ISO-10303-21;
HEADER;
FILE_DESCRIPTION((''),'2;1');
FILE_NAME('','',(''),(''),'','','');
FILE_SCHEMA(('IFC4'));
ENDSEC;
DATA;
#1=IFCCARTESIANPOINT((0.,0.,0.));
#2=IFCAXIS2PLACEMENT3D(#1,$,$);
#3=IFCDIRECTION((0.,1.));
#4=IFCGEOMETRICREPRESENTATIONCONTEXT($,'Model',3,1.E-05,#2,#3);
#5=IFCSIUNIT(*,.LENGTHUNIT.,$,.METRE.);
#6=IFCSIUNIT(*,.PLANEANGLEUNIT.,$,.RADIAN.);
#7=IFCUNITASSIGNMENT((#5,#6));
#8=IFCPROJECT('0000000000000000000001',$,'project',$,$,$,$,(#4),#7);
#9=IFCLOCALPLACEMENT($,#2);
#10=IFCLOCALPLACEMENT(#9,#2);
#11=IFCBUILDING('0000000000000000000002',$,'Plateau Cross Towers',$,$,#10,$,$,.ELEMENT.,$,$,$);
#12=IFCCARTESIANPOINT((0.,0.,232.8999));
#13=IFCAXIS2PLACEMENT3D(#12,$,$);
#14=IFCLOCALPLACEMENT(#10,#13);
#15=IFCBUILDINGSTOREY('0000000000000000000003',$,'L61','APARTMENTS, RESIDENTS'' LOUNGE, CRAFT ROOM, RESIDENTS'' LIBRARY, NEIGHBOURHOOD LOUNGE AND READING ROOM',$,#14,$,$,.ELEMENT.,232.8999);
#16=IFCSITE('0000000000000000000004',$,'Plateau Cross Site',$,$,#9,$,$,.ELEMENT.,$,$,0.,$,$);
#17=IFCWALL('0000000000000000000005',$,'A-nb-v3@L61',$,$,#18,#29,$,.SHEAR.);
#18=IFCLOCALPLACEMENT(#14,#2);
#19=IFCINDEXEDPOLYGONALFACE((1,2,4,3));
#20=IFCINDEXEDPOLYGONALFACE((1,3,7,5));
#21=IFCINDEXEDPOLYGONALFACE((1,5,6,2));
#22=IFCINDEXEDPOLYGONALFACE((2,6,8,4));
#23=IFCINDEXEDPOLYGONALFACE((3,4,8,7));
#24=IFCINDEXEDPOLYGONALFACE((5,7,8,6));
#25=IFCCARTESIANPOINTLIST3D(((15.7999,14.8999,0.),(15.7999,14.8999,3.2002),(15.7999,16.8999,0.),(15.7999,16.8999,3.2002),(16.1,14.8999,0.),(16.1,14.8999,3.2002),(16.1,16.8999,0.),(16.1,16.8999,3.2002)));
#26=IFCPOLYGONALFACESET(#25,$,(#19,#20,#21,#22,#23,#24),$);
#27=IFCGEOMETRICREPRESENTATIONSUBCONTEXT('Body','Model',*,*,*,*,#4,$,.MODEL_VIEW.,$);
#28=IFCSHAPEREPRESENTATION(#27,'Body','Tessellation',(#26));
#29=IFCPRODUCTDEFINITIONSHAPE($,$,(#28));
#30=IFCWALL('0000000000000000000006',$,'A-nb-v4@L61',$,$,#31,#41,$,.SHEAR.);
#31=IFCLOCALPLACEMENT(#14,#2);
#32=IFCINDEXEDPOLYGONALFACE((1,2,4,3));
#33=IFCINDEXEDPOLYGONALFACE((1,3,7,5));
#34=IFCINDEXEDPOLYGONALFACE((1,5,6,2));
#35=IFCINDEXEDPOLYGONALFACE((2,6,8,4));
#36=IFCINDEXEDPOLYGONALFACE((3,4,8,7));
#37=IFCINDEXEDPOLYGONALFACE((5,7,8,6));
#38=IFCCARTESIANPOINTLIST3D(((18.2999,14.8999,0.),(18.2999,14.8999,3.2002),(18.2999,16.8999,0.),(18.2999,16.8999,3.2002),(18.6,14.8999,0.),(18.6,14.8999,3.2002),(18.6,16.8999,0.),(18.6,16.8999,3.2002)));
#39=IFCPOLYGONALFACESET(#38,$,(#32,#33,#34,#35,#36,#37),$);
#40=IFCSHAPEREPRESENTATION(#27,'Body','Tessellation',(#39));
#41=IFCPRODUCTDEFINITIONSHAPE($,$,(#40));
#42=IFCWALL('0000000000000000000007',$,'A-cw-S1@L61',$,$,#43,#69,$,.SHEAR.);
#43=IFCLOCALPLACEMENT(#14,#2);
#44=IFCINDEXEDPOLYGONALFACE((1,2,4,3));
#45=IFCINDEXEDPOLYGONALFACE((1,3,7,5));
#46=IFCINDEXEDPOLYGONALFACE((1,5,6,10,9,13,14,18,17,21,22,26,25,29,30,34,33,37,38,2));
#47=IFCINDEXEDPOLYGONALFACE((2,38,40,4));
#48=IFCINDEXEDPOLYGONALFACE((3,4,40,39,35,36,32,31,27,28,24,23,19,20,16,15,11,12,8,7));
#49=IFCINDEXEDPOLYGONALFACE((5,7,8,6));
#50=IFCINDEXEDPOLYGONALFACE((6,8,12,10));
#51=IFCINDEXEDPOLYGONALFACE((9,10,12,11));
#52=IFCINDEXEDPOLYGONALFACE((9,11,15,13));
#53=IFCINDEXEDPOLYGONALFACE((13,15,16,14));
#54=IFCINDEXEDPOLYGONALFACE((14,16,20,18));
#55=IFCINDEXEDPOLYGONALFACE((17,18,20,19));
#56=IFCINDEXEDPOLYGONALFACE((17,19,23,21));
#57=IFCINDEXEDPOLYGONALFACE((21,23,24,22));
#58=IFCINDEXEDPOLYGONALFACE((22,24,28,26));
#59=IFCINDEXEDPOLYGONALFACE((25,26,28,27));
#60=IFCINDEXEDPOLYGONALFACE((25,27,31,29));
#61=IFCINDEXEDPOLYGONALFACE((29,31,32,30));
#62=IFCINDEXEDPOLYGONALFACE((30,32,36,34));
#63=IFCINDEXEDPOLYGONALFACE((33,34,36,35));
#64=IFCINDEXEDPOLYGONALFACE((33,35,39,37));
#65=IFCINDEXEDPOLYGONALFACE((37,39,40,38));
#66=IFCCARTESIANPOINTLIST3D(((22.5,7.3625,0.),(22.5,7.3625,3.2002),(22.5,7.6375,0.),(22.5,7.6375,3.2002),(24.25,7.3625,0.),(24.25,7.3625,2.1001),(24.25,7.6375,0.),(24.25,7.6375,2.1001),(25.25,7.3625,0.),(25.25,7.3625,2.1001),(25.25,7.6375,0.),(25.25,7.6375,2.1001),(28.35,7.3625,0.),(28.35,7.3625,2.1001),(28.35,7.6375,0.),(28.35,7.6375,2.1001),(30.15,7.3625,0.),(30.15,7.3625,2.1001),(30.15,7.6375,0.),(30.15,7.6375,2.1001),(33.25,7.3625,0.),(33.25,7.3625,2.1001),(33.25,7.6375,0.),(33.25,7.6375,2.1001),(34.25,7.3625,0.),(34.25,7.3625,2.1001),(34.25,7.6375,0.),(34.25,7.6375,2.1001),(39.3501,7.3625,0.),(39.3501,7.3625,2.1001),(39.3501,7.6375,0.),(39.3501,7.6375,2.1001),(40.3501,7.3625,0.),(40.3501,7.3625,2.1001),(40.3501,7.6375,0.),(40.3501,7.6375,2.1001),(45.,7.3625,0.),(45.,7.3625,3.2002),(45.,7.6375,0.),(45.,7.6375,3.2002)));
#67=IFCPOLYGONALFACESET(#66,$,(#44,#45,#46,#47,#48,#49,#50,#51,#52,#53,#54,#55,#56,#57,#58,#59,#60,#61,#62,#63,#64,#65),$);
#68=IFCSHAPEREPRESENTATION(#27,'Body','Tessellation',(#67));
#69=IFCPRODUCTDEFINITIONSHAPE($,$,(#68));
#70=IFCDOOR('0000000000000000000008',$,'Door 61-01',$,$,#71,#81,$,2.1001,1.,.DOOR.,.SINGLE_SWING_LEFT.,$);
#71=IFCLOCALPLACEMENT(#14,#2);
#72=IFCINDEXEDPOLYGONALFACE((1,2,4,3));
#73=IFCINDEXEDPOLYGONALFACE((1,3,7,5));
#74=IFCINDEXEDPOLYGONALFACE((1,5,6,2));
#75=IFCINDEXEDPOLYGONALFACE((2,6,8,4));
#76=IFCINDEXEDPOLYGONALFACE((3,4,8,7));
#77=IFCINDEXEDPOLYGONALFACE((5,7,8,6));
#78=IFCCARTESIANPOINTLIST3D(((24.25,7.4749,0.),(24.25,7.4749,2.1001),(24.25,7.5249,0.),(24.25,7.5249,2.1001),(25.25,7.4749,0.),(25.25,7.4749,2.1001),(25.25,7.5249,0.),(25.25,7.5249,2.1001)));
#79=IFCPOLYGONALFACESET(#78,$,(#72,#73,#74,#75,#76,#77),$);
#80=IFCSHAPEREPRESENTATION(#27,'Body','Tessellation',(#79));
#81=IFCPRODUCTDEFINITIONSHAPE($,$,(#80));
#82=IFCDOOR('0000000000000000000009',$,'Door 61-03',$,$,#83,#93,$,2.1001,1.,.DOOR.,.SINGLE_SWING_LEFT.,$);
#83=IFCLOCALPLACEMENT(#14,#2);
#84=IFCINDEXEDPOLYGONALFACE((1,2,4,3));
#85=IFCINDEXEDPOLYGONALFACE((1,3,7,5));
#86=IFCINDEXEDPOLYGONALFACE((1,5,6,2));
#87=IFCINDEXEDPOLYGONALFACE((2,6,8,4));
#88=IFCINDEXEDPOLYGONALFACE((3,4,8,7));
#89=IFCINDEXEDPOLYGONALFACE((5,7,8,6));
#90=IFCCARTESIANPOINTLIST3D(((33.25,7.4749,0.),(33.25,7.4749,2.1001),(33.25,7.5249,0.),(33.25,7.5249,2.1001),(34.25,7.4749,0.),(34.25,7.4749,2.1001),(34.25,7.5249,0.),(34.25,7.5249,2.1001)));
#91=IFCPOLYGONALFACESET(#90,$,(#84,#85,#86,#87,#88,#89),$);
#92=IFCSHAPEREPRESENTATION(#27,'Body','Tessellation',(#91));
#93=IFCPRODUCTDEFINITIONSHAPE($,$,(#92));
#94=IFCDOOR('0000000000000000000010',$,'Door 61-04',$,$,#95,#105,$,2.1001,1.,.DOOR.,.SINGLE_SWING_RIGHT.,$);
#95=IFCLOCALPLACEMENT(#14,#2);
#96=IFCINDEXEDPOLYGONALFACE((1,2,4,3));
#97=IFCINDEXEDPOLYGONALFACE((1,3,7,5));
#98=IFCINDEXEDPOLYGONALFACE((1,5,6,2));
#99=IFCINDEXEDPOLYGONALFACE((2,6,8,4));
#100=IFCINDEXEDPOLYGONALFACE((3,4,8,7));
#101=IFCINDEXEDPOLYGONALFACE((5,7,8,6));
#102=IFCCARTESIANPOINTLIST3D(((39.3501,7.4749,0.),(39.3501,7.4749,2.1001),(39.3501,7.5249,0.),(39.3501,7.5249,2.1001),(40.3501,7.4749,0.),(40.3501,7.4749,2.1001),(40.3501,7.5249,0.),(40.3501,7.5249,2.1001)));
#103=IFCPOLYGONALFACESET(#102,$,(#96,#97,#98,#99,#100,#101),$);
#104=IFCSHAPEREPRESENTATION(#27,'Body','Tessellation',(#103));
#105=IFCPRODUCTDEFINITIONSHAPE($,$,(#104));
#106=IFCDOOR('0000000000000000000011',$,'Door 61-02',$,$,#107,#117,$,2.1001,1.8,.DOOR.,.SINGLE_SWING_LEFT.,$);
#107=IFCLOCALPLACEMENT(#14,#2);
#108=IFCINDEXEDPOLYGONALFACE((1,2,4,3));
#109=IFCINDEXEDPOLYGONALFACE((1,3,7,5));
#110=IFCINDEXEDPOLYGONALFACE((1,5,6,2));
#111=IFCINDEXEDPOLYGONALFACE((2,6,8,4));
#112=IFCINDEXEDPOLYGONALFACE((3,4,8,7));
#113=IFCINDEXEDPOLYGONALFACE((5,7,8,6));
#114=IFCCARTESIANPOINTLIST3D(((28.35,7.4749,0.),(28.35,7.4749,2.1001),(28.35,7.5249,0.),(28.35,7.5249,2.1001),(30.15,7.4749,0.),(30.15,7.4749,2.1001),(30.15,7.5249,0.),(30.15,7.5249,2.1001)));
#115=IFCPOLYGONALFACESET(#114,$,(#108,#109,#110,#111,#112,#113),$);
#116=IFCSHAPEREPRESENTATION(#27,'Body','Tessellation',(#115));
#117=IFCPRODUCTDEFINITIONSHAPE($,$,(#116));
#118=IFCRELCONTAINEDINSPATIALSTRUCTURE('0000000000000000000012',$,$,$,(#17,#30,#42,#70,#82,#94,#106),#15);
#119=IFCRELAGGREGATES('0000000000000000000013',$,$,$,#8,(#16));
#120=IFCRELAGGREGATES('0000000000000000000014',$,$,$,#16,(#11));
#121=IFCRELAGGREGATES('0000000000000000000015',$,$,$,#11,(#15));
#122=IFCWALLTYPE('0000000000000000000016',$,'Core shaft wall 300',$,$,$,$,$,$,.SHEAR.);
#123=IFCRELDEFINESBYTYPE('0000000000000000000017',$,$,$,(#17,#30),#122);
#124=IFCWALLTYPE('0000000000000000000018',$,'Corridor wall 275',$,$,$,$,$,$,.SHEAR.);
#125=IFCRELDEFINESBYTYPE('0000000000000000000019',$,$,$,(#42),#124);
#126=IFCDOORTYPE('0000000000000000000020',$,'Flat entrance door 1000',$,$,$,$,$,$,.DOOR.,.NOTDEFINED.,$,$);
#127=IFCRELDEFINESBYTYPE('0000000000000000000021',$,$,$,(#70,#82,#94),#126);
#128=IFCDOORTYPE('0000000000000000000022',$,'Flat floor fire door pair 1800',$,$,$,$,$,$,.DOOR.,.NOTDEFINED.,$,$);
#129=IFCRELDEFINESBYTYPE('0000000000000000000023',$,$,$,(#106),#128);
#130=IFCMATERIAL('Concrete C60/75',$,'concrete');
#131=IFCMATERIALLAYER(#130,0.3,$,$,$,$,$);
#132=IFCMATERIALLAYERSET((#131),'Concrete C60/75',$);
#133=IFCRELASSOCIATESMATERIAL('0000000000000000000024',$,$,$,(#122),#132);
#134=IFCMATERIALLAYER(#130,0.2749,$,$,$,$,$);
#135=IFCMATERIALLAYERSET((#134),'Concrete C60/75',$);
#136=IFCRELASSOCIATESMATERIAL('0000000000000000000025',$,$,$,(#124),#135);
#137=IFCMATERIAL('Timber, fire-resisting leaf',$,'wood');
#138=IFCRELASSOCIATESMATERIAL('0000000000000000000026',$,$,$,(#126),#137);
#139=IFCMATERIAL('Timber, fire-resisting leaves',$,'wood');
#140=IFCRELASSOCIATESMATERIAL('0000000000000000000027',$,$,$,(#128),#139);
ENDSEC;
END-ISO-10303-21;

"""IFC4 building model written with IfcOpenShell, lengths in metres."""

from ifc_helpers import new_model, si_unit, direction, frame, frame_2d, origin, place, context, subcontext, project, spatial, rectangle, extrude, material, layer, layer_set, type_object, element, fill, save


model = new_model("IFC4")

# Units and contexts
model_context = context("Model", 3, precision=1e-05, world=origin(), true_north=direction((0.0, 1.0)))
body_context = subcontext(model_context, "Body", "Model", "MODEL_VIEW")
ifc_project = project(units=[si_unit("LENGTHUNIT", "METRE"), si_unit("PLANEANGLEUNIT", "RADIAN")], contexts=[model_context])

# Site, building, storey
site_placement = place(None, origin())
site = spatial("IfcSite", under=ifc_project, at=site_placement, Name="Plateau Cross Site", CompositionType="ELEMENT", RefElevation=0.0)
building_placement = place(site_placement, origin())
building = spatial("IfcBuilding", under=site, at=building_placement, Name="Plateau Cross Towers", CompositionType="ELEMENT")
storey_placement = place(building_placement, frame((0.0, 0.0, 232.8999)))
storey = spatial("IfcBuildingStorey", under=building, at=storey_placement, Name="L61", Description="APARTMENTS, RESIDENTS' LOUNGE, CRAFT ROOM, RESIDENTS' LIBRARY, NEIGHBOURHOOD LOUNGE AND READING ROOM", CompositionType="ELEMENT", Elevation=232.8999)

# Shared definitions
ifc_material_1 = material(Name="Concrete C60/75", Category="concrete")

# Walls
ifc_layer_1 = layer(ifc_material_1, 0.3)
ifc_layer_set_1 = layer_set([ifc_layer_1], Name="Concrete C60/75")
wall_type_1 = type_object("IfcWallType", Name="Core shaft wall 300", PredefinedType="SHEAR", material=ifc_layer_set_1)
for number, where, z_axis, x_axis, name in (
    (1, (15.95, 14.8999, 0.0), (0.0, 0.0, 1.0), (0.0, 1.0, 0.0), "A-nb-v3@L61"),
    (2, (18.45, 14.8999, 0.0), (0.0, 0.0, 1.0), (0.0, 1.0, 0.0), "A-nb-v4@L61"),
):
    element("IfcWall", number, at=place(storey_placement, frame(where, z_axis=z_axis, x_axis=x_axis)), inside=storey, type_object=wall_type_1, Name=name, PredefinedType="SHEAR", context=body_context, shape_type="SweptSolid", body=[
        extrude(rectangle(XDim=2.0, YDim=0.3, at=frame_2d((1.0, 0.0))), origin(), (0.0, 0.0, 1.0), 3.2002),
    ])

# Wall, openings, doors
ifc_layer_2 = layer(ifc_material_1, 0.2749)
ifc_layer_set_2 = layer_set([ifc_layer_2], Name="Concrete C60/75")
wall_type_2 = type_object("IfcWallType", Name="Corridor wall 275", PredefinedType="SHEAR", material=ifc_layer_set_2)
wall_1_placement = place(storey_placement, frame((22.5, 7.5, 0.0), z_axis=(0.0, 0.0, 1.0), x_axis=(1.0, 0.0, 0.0)))
wall_1 = element("IfcWall", 3, at=wall_1_placement, inside=storey, type_object=wall_type_2, Name="A-cw-S1@L61", PredefinedType="SHEAR", context=body_context, shape_type="SweptSolid", body=[
    extrude(rectangle(XDim=22.5, YDim=0.2749, at=frame_2d((11.25, 0.0))), origin(), (0.0, 0.0, 1.0), 3.2002),
])
opening_1_placement = place(wall_1_placement, frame((1.75, 0.0, 0.0)))
opening_1 = element("IfcOpeningElement", 4, at=opening_1_placement, cuts=wall_1, PredefinedType="OPENING", context=body_context, shape_type="SweptSolid", body=[
    extrude(rectangle(XDim=1.0, YDim=2.1001, at=frame_2d((0.5, 1.05))), frame((0.0, 0.1475, 0.0), z_axis=(0.0, -1.0, 0.0), x_axis=(1.0, 0.0, 0.0)), (0.0, 0.0, 1.0), 0.2949),
])
opening_2_placement = place(wall_1_placement, frame((5.8501, 0.0, 0.0)))
opening_2 = element("IfcOpeningElement", 5, at=opening_2_placement, cuts=wall_1, PredefinedType="OPENING", context=body_context, shape_type="SweptSolid", body=[
    extrude(rectangle(XDim=1.8, YDim=2.1001, at=frame_2d((0.8999, 1.05))), frame((0.0, 0.1475, 0.0), z_axis=(0.0, -1.0, 0.0), x_axis=(1.0, 0.0, 0.0)), (0.0, 0.0, 1.0), 0.2949),
])
opening_3_placement = place(wall_1_placement, frame((10.75, 0.0, 0.0)))
opening_3 = element("IfcOpeningElement", 6, at=opening_3_placement, cuts=wall_1, PredefinedType="OPENING", context=body_context, shape_type="SweptSolid", body=[
    extrude(rectangle(XDim=1.0, YDim=2.1001, at=frame_2d((0.5, 1.05))), frame((0.0, 0.1475, 0.0), z_axis=(0.0, -1.0, 0.0), x_axis=(1.0, 0.0, 0.0)), (0.0, 0.0, 1.0), 0.2949),
])
opening_4_placement = place(wall_1_placement, frame((16.8501, 0.0, 0.0)))
opening_4 = element("IfcOpeningElement", 7, at=opening_4_placement, cuts=wall_1, PredefinedType="OPENING", context=body_context, shape_type="SweptSolid", body=[
    extrude(rectangle(XDim=1.0, YDim=2.1001, at=frame_2d((0.5, 1.05))), frame((0.0, 0.1475, 0.0), z_axis=(0.0, -1.0, 0.0), x_axis=(1.0, 0.0, 0.0)), (0.0, 0.0, 1.0), 0.2949),
])
ifc_material_2 = material(Name="Timber, fire-resisting leaf", Category="wood")
door_type_1 = type_object("IfcDoorType", Name="Flat entrance door 1000", OperationType="NOTDEFINED", PredefinedType="DOOR", material=ifc_material_2)
door_1_placement = place(opening_1_placement, origin())
door_1 = element("IfcDoor", 8, at=door_1_placement, inside=storey, type_object=door_type_1, Name="Door 61-01", OperationType="SINGLE_SWING_LEFT", OverallHeight=2.1001, OverallWidth=1.0, PredefinedType="DOOR", context=body_context, shape_type="SweptSolid", body=[
    extrude(rectangle(XDim=1.0, YDim=2.1001, at=frame_2d((0.5, 1.05))), frame((0.0, 0.0249, 0.0), z_axis=(0.0, -1.0, 0.0), x_axis=(1.0, 0.0, 0.0)), (0.0, 0.0, 1.0), 0.05),
])
fill(opening_1, door_1)
door_2_placement = place(opening_3_placement, origin())
door_2 = element("IfcDoor", 9, at=door_2_placement, inside=storey, type_object=door_type_1, Name="Door 61-03", OperationType="SINGLE_SWING_LEFT", OverallHeight=2.1001, OverallWidth=1.0, PredefinedType="DOOR", context=body_context, shape_type="SweptSolid", body=[
    extrude(rectangle(XDim=1.0, YDim=2.1001, at=frame_2d((0.5, 1.05))), frame((0.0, 0.0249, 0.0), z_axis=(0.0, -1.0, 0.0), x_axis=(1.0, 0.0, 0.0)), (0.0, 0.0, 1.0), 0.05),
])
fill(opening_3, door_2)
door_3_placement = place(opening_4_placement, origin())
door_3 = element("IfcDoor", 10, at=door_3_placement, inside=storey, type_object=door_type_1, Name="Door 61-04", OperationType="SINGLE_SWING_RIGHT", OverallHeight=2.1001, OverallWidth=1.0, PredefinedType="DOOR", context=body_context, shape_type="SweptSolid", body=[
    extrude(rectangle(XDim=1.0, YDim=2.1001, at=frame_2d((0.5, 1.05))), frame((0.0, 0.0249, 0.0), z_axis=(0.0, -1.0, 0.0), x_axis=(1.0, 0.0, 0.0)), (0.0, 0.0, 1.0), 0.05),
])
fill(opening_4, door_3)
ifc_material_3 = material(Name="Timber, fire-resisting leaves", Category="wood")
door_type_2 = type_object("IfcDoorType", Name="Flat floor fire door pair 1800", OperationType="NOTDEFINED", PredefinedType="DOOR", material=ifc_material_3)
door_4_placement = place(opening_2_placement, origin())
door_4 = element("IfcDoor", 11, at=door_4_placement, inside=storey, type_object=door_type_2, Name="Door 61-02", OperationType="SINGLE_SWING_LEFT", OverallHeight=2.1001, OverallWidth=1.8, PredefinedType="DOOR", context=body_context, shape_type="SweptSolid", body=[
    extrude(rectangle(XDim=1.8, YDim=2.1001, at=frame_2d((0.8999, 1.05))), frame((0.0, 0.0249, 0.0), z_axis=(0.0, -1.0, 0.0), x_axis=(1.0, 0.0, 0.0)), (0.0, 0.0, 1.0), 0.05),
])
fill(opening_2, door_4)

save(model, "model.ifc")
